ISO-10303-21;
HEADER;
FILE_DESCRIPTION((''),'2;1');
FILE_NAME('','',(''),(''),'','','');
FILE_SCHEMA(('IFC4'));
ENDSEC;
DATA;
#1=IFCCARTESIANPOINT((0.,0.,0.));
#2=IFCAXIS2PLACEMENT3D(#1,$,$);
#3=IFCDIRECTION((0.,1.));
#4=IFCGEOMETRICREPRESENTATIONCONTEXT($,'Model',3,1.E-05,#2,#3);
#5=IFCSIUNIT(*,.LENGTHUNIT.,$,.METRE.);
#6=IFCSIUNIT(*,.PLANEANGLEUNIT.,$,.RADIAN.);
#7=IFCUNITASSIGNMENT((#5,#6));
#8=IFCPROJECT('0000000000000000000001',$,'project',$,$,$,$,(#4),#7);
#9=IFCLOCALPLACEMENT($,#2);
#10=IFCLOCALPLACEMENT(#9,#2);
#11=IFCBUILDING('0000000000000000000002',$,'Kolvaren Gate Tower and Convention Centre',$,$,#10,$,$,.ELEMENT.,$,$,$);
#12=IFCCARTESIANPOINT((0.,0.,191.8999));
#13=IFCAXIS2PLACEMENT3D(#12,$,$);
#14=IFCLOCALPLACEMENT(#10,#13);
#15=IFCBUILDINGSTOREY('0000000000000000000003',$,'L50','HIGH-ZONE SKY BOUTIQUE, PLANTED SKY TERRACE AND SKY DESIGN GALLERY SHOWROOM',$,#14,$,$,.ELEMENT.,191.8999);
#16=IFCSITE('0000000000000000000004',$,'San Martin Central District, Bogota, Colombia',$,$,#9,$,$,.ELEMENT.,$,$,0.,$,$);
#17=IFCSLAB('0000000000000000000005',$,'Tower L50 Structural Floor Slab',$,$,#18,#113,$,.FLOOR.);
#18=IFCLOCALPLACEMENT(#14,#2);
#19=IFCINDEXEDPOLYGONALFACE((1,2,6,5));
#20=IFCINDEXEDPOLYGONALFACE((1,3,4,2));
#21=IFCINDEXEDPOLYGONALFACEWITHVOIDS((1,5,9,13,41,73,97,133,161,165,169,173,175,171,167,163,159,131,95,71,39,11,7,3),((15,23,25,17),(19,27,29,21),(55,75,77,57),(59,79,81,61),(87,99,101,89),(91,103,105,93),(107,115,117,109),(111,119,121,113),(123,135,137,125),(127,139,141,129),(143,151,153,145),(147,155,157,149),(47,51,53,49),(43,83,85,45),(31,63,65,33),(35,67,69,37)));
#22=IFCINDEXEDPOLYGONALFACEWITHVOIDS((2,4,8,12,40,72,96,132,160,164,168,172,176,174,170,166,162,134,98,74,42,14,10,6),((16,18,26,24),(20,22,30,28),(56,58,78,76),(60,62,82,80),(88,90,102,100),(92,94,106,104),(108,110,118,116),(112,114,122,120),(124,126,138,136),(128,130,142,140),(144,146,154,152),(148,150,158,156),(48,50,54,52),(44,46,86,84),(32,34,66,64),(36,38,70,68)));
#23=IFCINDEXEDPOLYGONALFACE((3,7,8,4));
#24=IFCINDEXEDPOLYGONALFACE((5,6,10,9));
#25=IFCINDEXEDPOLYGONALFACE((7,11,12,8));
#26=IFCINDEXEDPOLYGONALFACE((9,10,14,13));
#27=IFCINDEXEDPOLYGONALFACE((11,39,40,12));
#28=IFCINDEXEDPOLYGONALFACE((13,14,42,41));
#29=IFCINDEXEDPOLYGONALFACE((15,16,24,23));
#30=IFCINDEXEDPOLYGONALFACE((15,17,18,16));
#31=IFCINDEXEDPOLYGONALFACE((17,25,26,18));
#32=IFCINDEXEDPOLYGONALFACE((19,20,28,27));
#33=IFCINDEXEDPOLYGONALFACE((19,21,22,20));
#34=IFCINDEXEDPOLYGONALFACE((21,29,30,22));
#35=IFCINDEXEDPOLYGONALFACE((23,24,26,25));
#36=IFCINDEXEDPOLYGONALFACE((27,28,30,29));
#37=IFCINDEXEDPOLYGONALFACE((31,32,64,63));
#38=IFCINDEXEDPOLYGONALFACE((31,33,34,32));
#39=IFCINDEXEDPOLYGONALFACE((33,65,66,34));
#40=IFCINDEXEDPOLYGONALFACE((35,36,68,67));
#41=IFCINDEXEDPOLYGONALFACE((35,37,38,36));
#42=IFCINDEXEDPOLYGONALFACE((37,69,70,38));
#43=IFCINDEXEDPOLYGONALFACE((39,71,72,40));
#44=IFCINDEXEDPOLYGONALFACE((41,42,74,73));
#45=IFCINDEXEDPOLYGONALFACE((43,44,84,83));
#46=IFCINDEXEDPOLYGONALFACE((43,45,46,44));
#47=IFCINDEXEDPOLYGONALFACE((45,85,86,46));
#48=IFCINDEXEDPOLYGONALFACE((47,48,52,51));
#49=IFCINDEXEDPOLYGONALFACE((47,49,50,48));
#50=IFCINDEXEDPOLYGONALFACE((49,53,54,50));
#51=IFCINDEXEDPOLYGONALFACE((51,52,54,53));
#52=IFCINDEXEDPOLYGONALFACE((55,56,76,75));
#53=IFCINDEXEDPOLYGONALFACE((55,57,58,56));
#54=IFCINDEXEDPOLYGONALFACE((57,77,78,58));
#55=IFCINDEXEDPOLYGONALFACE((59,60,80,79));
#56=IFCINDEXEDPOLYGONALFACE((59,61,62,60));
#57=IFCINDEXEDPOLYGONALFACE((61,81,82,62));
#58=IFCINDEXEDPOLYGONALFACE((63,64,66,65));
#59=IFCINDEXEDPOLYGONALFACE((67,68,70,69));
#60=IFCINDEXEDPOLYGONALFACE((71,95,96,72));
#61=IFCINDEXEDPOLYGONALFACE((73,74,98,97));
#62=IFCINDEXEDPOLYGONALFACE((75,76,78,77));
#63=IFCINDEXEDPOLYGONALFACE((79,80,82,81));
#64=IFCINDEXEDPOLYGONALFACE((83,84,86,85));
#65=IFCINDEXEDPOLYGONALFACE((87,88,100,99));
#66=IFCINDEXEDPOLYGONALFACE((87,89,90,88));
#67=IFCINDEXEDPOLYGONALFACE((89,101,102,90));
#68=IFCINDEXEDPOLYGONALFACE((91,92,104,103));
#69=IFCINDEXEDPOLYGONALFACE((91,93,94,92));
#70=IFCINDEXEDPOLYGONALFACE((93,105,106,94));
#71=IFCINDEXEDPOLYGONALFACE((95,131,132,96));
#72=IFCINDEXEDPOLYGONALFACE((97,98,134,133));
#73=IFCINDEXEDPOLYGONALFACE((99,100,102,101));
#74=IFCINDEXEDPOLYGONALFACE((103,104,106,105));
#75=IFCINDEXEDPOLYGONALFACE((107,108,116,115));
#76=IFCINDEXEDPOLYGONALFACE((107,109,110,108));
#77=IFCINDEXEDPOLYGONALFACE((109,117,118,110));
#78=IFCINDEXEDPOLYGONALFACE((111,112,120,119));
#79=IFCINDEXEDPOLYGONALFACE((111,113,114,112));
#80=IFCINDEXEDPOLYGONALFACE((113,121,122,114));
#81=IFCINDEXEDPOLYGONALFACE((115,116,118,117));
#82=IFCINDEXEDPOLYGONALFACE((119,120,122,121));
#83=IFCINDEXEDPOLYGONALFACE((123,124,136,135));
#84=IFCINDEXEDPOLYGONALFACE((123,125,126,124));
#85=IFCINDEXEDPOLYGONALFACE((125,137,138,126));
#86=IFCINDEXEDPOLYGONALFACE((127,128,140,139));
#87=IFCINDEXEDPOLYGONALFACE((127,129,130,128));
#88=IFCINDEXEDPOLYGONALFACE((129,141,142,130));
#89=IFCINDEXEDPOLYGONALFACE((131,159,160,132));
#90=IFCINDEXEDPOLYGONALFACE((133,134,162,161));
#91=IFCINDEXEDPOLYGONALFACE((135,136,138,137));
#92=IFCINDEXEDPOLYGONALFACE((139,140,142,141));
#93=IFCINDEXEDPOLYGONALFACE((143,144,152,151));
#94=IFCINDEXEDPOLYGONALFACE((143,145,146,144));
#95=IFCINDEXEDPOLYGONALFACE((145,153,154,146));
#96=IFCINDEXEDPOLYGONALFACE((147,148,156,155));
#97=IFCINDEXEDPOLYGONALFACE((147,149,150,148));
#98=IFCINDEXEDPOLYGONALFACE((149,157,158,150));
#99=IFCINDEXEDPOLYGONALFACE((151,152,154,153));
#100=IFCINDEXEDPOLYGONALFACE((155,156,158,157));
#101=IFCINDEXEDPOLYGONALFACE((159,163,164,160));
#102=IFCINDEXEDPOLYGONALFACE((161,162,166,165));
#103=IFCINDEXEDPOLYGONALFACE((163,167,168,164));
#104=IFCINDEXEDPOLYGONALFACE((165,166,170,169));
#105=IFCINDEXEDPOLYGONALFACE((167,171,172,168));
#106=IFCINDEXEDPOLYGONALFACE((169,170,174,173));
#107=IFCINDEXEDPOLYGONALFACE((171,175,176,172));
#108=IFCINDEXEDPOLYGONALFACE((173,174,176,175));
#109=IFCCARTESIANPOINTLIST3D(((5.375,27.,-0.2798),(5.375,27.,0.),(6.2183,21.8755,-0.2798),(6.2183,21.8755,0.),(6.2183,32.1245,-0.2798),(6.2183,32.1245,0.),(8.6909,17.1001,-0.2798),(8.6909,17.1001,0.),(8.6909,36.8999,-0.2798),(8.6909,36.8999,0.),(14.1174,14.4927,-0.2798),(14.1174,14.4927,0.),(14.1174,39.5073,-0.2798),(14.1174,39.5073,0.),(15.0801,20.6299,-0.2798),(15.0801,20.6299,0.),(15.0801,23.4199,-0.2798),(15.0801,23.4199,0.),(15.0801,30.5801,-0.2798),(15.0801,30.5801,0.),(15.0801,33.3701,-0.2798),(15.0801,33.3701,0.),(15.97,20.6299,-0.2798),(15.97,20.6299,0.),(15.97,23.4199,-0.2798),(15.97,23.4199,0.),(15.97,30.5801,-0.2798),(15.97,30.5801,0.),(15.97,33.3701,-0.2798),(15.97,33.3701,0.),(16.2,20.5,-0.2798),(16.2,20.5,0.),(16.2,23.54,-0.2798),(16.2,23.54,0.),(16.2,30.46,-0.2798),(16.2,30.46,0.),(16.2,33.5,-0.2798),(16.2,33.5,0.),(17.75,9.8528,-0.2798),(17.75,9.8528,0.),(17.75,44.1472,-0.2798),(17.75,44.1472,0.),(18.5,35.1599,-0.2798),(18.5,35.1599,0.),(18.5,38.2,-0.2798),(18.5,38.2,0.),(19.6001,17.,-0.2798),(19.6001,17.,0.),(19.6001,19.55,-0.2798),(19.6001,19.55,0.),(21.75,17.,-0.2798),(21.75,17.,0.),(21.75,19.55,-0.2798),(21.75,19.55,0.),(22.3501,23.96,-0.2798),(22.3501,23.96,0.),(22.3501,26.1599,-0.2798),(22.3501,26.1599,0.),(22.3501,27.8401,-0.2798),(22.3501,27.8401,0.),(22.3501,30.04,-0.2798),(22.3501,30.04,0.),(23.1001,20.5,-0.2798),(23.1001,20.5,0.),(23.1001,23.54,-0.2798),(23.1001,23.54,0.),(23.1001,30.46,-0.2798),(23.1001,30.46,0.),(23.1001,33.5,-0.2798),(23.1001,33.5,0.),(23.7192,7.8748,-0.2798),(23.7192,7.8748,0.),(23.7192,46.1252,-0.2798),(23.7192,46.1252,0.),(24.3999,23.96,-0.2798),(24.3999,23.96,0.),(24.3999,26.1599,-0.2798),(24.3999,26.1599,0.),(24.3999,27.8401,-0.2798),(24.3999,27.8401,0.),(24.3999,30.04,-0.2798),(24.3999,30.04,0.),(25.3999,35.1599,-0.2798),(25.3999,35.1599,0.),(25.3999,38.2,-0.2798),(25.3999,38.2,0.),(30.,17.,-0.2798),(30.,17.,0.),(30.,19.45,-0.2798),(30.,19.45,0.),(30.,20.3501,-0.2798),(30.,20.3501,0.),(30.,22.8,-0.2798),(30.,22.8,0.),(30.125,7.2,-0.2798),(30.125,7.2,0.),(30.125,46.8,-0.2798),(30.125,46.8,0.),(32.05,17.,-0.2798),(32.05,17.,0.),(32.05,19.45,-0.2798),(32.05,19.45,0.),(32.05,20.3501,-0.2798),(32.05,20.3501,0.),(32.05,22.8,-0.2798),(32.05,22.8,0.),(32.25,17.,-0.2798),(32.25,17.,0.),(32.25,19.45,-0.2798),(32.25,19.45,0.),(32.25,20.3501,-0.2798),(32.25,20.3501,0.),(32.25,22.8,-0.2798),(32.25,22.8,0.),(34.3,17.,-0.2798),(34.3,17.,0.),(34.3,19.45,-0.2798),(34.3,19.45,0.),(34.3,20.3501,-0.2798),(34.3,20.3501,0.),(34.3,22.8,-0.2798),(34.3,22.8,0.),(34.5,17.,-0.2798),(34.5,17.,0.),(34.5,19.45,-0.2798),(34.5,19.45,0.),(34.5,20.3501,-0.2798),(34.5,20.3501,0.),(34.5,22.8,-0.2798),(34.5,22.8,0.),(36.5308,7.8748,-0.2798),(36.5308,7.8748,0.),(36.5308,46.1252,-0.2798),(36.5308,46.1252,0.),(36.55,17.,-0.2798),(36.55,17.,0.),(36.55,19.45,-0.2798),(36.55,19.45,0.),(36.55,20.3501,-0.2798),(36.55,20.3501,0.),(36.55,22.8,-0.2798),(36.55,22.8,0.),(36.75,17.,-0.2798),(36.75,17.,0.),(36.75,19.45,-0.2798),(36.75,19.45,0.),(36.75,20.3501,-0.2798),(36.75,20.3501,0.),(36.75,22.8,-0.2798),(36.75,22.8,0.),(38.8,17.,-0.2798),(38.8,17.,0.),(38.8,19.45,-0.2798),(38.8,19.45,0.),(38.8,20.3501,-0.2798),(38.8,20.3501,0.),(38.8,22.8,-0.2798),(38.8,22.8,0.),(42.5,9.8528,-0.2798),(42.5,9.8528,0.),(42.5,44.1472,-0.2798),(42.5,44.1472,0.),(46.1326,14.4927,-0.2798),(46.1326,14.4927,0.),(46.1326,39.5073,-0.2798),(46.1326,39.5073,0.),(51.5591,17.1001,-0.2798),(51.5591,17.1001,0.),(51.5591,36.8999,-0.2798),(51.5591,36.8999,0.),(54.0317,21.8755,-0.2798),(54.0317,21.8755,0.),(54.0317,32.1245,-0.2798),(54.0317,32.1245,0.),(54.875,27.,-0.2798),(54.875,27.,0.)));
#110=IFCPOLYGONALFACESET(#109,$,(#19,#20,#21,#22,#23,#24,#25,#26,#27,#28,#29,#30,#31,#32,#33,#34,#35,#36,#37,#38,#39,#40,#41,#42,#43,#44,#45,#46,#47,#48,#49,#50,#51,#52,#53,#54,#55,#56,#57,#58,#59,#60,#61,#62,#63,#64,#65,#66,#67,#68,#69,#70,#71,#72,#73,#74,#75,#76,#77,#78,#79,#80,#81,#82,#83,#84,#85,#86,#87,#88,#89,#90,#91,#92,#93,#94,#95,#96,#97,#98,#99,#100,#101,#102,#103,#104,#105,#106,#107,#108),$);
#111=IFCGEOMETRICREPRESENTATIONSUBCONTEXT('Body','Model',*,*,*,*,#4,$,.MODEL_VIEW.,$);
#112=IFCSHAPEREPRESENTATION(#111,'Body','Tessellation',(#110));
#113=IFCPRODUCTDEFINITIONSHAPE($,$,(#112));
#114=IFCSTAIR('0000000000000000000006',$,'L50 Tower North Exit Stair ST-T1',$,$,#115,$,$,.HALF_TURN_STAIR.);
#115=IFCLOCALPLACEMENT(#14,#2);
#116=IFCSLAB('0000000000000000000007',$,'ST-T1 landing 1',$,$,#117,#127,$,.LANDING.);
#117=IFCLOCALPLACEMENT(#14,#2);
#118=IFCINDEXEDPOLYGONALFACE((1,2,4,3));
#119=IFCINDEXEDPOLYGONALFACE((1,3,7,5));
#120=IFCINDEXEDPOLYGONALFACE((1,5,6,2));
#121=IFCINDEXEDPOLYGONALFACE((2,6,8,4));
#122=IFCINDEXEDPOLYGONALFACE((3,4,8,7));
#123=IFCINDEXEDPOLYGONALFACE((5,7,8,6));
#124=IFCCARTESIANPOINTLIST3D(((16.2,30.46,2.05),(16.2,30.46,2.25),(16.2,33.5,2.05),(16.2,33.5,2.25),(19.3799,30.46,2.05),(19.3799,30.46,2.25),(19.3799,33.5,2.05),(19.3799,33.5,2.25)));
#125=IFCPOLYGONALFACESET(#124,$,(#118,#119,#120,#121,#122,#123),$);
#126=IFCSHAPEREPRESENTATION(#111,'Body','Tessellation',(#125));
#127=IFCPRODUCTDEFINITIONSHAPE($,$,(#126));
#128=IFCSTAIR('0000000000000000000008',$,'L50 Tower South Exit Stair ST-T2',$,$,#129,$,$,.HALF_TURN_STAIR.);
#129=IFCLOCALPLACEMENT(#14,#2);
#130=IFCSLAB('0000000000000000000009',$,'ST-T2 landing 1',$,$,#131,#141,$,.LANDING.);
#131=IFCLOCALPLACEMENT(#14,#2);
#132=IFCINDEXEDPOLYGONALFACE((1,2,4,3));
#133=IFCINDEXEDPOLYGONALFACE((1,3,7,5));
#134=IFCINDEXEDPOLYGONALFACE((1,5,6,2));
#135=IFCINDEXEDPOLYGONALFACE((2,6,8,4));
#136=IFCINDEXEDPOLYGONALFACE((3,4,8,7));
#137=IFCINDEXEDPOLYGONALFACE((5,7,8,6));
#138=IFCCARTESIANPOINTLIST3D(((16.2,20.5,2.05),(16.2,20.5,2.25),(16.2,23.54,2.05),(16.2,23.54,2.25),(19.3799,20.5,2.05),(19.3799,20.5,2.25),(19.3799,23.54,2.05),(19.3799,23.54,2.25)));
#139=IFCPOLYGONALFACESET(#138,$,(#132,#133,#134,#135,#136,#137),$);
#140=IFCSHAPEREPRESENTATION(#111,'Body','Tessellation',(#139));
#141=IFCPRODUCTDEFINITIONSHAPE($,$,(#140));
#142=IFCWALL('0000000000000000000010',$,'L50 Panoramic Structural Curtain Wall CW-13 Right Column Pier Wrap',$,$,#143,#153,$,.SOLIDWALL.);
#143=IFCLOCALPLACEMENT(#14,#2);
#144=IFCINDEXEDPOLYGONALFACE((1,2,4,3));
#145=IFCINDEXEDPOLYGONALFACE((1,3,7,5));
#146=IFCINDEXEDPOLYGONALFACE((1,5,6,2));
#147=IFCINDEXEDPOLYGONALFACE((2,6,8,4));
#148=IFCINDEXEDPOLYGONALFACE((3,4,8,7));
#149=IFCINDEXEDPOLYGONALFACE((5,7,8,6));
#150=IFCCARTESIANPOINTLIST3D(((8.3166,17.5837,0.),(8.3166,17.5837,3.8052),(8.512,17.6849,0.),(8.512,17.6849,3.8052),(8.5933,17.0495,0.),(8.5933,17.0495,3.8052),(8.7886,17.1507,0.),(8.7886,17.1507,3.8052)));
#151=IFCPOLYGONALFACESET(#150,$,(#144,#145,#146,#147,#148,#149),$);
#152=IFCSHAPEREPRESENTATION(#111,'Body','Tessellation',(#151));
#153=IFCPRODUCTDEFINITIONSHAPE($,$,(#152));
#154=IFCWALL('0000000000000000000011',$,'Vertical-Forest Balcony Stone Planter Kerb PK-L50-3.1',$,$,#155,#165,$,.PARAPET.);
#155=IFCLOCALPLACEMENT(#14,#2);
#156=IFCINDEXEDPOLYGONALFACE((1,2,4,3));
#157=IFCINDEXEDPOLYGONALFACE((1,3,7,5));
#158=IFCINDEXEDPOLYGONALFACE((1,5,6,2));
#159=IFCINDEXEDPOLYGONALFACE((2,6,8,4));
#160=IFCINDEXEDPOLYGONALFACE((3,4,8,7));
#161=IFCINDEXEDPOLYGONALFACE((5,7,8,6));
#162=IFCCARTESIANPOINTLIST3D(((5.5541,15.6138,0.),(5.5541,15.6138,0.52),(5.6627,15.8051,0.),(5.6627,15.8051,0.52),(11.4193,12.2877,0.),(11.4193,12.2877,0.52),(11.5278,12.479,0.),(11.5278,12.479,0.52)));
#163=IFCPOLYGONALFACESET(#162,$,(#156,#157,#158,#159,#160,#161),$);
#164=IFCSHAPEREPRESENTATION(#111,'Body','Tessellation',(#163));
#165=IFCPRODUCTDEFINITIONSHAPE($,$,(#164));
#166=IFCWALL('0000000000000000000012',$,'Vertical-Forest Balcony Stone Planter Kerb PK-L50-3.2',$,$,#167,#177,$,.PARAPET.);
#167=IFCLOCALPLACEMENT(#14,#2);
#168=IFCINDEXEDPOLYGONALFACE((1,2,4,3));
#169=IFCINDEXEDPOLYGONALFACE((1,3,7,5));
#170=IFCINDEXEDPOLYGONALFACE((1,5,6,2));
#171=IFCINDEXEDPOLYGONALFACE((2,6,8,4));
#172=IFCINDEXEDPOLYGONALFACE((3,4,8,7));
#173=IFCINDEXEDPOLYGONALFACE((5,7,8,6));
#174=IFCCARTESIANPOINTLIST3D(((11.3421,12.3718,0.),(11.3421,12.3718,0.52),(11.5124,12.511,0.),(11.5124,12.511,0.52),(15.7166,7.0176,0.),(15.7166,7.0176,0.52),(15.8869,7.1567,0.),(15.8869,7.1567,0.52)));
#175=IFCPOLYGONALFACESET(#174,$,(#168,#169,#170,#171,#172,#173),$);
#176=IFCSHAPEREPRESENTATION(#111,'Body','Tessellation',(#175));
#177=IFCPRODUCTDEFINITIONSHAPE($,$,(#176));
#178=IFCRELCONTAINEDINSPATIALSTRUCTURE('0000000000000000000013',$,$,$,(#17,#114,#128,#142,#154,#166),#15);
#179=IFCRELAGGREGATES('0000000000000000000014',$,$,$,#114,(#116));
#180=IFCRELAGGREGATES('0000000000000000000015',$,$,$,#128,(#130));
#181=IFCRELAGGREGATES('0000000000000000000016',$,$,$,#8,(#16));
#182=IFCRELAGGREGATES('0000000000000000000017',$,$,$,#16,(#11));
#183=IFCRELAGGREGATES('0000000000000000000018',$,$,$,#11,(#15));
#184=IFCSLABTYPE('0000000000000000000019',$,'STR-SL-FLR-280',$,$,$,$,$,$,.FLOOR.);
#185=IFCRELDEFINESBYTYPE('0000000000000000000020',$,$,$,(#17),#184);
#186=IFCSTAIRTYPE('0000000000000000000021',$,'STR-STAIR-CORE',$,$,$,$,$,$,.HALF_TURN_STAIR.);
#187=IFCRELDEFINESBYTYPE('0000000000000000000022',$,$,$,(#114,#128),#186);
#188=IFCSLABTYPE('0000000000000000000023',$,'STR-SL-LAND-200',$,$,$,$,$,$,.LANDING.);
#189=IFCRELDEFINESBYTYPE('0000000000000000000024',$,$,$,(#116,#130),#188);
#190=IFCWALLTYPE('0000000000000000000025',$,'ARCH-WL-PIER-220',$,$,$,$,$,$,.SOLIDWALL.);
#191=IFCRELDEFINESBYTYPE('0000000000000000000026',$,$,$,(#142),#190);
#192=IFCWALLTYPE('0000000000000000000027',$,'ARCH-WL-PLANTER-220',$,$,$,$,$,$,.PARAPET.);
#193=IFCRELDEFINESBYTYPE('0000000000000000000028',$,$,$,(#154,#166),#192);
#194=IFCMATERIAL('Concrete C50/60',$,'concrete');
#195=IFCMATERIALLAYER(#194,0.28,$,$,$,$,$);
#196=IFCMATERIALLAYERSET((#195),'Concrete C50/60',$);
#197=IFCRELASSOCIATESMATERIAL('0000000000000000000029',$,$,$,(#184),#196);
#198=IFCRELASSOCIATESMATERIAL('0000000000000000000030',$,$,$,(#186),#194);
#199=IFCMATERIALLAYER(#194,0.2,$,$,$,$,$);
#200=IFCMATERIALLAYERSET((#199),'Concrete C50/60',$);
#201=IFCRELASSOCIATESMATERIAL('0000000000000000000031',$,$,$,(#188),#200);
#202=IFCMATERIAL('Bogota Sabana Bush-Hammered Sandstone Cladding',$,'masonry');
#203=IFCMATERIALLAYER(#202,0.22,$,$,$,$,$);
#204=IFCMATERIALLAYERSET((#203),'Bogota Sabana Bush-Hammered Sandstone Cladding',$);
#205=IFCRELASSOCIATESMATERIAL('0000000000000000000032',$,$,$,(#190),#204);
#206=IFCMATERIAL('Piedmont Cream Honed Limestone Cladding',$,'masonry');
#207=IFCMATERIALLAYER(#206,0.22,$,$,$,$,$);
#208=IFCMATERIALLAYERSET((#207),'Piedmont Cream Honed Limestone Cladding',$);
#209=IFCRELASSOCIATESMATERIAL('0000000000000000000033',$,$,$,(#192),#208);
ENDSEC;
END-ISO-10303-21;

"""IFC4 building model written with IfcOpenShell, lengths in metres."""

from ifc_helpers import new_model, si_unit, direction, frame, frame_2d, origin, place, context, subcontext, project, spatial, polyline, rectangle, outline, extrude, material, layer, layer_set, type_object, element, aggregate, save


model = new_model("IFC4")

# Units and contexts
model_context = context("Model", 3, precision=1e-05, world=origin(), true_north=direction((0.0, 1.0)))
body_context = subcontext(model_context, "Body", "Model", "MODEL_VIEW")
ifc_project = project(units=[si_unit("LENGTHUNIT", "METRE"), si_unit("PLANEANGLEUNIT", "RADIAN")], contexts=[model_context])

# Site, building, storey
site_placement = place(None, origin())
site = spatial("IfcSite", under=ifc_project, at=site_placement, Name="San Martin Central District, Bogota, Colombia", CompositionType="ELEMENT", RefElevation=0.0)
building_placement = place(site_placement, origin())
building = spatial("IfcBuilding", under=site, at=building_placement, Name="Kolvaren Gate Tower and Convention Centre", CompositionType="ELEMENT")
storey_placement = place(building_placement, frame((0.0, 0.0, 191.8999)))
storey = spatial("IfcBuildingStorey", under=building, at=storey_placement, Name="L50", Description="HIGH-ZONE SKY BOUTIQUE, PLANTED SKY TERRACE AND SKY DESIGN GALLERY SHOWROOM", CompositionType="ELEMENT", Elevation=191.8999)

# Slab
ifc_material_1 = material(Name="Concrete C50/60", Category="concrete")
ifc_layer_1 = layer(ifc_material_1, 0.28)
ifc_layer_set_1 = layer_set([ifc_layer_1], Name="Concrete C50/60")
slab_type_1 = type_object("IfcSlabType", Name="STR-SL-FLR-280", PredefinedType="FLOOR", material=ifc_layer_set_1)
slab_1_placement = place(storey_placement, frame((0.0, 0.0, -0.2798)))
element("IfcSlab", 1, at=slab_1_placement, inside=storey, type_object=slab_type_1, Name="Tower L50 Structural Floor Slab", PredefinedType="FLOOR", context=body_context, shape_type="SweptSolid", body=[
    extrude(outline(polyline([(54.875, 27.0), (54.0317, 32.1245), (51.5591, 36.8999), (46.1326, 39.5073), (42.5, 44.1472), (36.5308, 46.1252), (30.125, 46.8), (23.7192, 46.1252), (17.75, 44.1472), (14.1174, 39.5073), (8.6909, 36.8999), (6.2183, 32.1245), (5.375, 27.0), (6.2183, 21.8755), (8.6909, 17.1001), (14.1174, 14.4927), (17.75, 9.8528), (23.7192, 7.8748), (30.125, 7.2), (36.5308, 7.8748), (42.5, 9.8528), (46.1326, 14.4927), (51.5591, 17.1001), (54.0317, 21.8755), (54.875, 27.0)]), holes=[polyline([(36.75, 17.0), (36.75, 19.45), (38.8, 19.45), (38.8, 17.0), (36.75, 17.0)]), polyline([(36.75, 20.3501), (36.75, 22.8), (38.8, 22.8), (38.8, 20.3501), (36.75, 20.3501)]), polyline([(34.5, 17.0), (34.5, 19.45), (36.55, 19.45), (36.55, 17.0), (34.5, 17.0)]), polyline([(34.5, 20.3501), (34.5, 22.8), (36.55, 22.8), (36.55, 20.3501), (34.5, 20.3501)]), polyline([(32.25, 17.0), (32.25, 19.45), (34.3, 19.45), (34.3, 17.0), (32.25, 17.0)]), polyline([(32.25, 20.3501), (32.25, 22.8), (34.3, 22.8), (34.3, 20.3501), (32.25, 20.3501)]), polyline([(30.0, 17.0), (30.0, 19.45), (32.05, 19.45), (32.05, 17.0), (30.0, 17.0)]), polyline([(30.0, 20.3501), (30.0, 22.8), (32.05, 22.8), (32.05, 20.3501), (30.0, 20.3501)]), polyline([(25.3999, 38.2), (25.3999, 35.1599), (18.5, 35.1599), (18.5, 38.2), (25.3999, 38.2)]), polyline([(22.3501, 23.96), (22.3501, 26.1599), (24.3999, 26.1599), (24.3999, 23.96), (22.3501, 23.96)]), polyline([(22.3501, 27.8401), (22.3501, 30.04), (24.3999, 30.04), (24.3999, 27.8401), (22.3501, 27.8401)]), polyline([(23.1001, 23.54), (23.1001, 20.5), (16.2, 20.5), (16.2, 23.54), (23.1001, 23.54)]), polyline([(23.1001, 33.5), (23.1001, 30.46), (16.2, 30.46), (16.2, 33.5), (23.1001, 33.5)]), polyline([(19.6001, 17.0), (19.6001, 19.55), (21.75, 19.55), (21.75, 17.0), (19.6001, 17.0)]), polyline([(15.0801, 20.6299), (15.0801, 23.4199), (15.97, 23.4199), (15.97, 20.6299), (15.0801, 20.6299)]), polyline([(15.0801, 30.5801), (15.0801, 33.3701), (15.97, 33.3701), (15.97, 30.5801), (15.0801, 30.5801)])]), origin(), (0.0, 0.0, 1.0), 0.2798),
])

# Stairs, slabs
stair_type = type_object("IfcStairType", Name="STR-STAIR-CORE", PredefinedType="HALF_TURN_STAIR", material=ifc_material_1)
stair_1_placement = place(storey_placement, origin())
stair_1 = element("IfcStair", 2, at=stair_1_placement, inside=storey, type_object=stair_type, Name="L50 Tower North Exit Stair ST-T1", PredefinedType="HALF_TURN_STAIR")
ifc_layer_2 = layer(ifc_material_1, 0.2)
ifc_layer_set_2 = layer_set([ifc_layer_2], Name="Concrete C50/60")
slab_type_2 = type_object("IfcSlabType", Name="STR-SL-LAND-200", PredefinedType="LANDING", material=ifc_layer_set_2)
slab_2_placement = place(storey_placement, frame((0.0, 0.0, 2.05)))
slab_2 = element("IfcSlab", 3, at=slab_2_placement, type_object=slab_type_2, Name="ST-T1 landing 1", PredefinedType="LANDING", context=body_context, shape_type="SweptSolid", body=[
    extrude(outline(polyline([(19.3799, 33.5), (16.2, 33.5), (16.2, 30.46), (19.3799, 30.46), (19.3799, 33.5)])), origin(), (0.0, 0.0, 1.0), 0.2),
])
aggregate(stair_1, [slab_2])
stair_2_placement = place(storey_placement, origin())
stair_2 = element("IfcStair", 4, at=stair_2_placement, inside=storey, type_object=stair_type, Name="L50 Tower South Exit Stair ST-T2", PredefinedType="HALF_TURN_STAIR")
slab_3_placement = place(storey_placement, frame((0.0, 0.0, 2.05)))
slab_3 = element("IfcSlab", 5, at=slab_3_placement, type_object=slab_type_2, Name="ST-T2 landing 1", PredefinedType="LANDING", context=body_context, shape_type="SweptSolid", body=[
    extrude(outline(polyline([(19.3799, 23.54), (16.2, 23.54), (16.2, 20.5), (19.3799, 20.5), (19.3799, 23.54)])), origin(), (0.0, 0.0, 1.0), 0.2),
])
aggregate(stair_2, [slab_3])

# Walls
ifc_material_2 = material(Name="Bogota Sabana Bush-Hammered Sandstone Cladding", Category="masonry")
ifc_layer_3 = layer(ifc_material_2, 0.22)
ifc_layer_set_3 = layer_set([ifc_layer_3], Name="Bogota Sabana Bush-Hammered Sandstone Cladding")
wall_type_1 = type_object("IfcWallType", Name="ARCH-WL-PIER-220", PredefinedType="SOLIDWALL", material=ifc_layer_set_3)
wall_1_placement = place(storey_placement, frame((8.4143, 17.6343, 0.0), z_axis=(0.0, 0.0, 1.0), x_axis=(0.459831, -0.888006, 0.0)))
element("IfcWall", 6, at=wall_1_placement, inside=storey, type_object=wall_type_1, Name="L50 Panoramic Structural Curtain Wall CW-13 Right Column Pier Wrap", PredefinedType="SOLIDWALL", context=body_context, shape_type="SweptSolid", body=[
    extrude(rectangle(XDim=0.6016, YDim=0.22, at=frame_2d((0.3008, 0.0))), origin(), (0.0, 0.0, 1.0), 3.8052),
])
ifc_material_3 = material(Name="Piedmont Cream Honed Limestone Cladding", Category="masonry")
ifc_layer_4 = layer(ifc_material_3, 0.22)
ifc_layer_set_4 = layer_set([ifc_layer_4], Name="Piedmont Cream Honed Limestone Cladding")
wall_type_2 = type_object("IfcWallType", Name="ARCH-WL-PLANTER-220", PredefinedType="PARAPET", material=ifc_layer_set_4)
wall_2_placement = place(storey_placement, frame((5.6084, 15.7095, 0.0), z_axis=(0.0, 0.0, 1.0), x_axis=(0.869861, -0.493298, 0.0)))
element("IfcWall", 7, at=wall_2_placement, inside=storey, type_object=wall_type_2, Name="Vertical-Forest Balcony Stone Planter Kerb PK-L50-3.1", PredefinedType="PARAPET", context=body_context, shape_type="SweptSolid", body=[
    extrude(rectangle(XDim=6.7427, YDim=0.22, at=frame_2d((3.3713, 0.0))), origin(), (0.0, 0.0, 1.0), 0.52),
])
wall_3_placement = place(storey_placement, frame((11.4272, 12.4414, 0.0), z_axis=(0.0, 0.0, 1.0), x_axis=(0.632697, -0.774399, 0.0)))
element("IfcWall", 8, at=wall_3_placement, inside=storey, type_object=wall_type_2, Name="Vertical-Forest Balcony Stone Planter Kerb PK-L50-3.2", PredefinedType="PARAPET", context=body_context, shape_type="SweptSolid", body=[
    extrude(rectangle(XDim=6.9141, YDim=0.22, at=frame_2d((3.457, 0.0))), origin(), (0.0, 0.0, 1.0), 0.52),
])

save(model, "model.ifc")
